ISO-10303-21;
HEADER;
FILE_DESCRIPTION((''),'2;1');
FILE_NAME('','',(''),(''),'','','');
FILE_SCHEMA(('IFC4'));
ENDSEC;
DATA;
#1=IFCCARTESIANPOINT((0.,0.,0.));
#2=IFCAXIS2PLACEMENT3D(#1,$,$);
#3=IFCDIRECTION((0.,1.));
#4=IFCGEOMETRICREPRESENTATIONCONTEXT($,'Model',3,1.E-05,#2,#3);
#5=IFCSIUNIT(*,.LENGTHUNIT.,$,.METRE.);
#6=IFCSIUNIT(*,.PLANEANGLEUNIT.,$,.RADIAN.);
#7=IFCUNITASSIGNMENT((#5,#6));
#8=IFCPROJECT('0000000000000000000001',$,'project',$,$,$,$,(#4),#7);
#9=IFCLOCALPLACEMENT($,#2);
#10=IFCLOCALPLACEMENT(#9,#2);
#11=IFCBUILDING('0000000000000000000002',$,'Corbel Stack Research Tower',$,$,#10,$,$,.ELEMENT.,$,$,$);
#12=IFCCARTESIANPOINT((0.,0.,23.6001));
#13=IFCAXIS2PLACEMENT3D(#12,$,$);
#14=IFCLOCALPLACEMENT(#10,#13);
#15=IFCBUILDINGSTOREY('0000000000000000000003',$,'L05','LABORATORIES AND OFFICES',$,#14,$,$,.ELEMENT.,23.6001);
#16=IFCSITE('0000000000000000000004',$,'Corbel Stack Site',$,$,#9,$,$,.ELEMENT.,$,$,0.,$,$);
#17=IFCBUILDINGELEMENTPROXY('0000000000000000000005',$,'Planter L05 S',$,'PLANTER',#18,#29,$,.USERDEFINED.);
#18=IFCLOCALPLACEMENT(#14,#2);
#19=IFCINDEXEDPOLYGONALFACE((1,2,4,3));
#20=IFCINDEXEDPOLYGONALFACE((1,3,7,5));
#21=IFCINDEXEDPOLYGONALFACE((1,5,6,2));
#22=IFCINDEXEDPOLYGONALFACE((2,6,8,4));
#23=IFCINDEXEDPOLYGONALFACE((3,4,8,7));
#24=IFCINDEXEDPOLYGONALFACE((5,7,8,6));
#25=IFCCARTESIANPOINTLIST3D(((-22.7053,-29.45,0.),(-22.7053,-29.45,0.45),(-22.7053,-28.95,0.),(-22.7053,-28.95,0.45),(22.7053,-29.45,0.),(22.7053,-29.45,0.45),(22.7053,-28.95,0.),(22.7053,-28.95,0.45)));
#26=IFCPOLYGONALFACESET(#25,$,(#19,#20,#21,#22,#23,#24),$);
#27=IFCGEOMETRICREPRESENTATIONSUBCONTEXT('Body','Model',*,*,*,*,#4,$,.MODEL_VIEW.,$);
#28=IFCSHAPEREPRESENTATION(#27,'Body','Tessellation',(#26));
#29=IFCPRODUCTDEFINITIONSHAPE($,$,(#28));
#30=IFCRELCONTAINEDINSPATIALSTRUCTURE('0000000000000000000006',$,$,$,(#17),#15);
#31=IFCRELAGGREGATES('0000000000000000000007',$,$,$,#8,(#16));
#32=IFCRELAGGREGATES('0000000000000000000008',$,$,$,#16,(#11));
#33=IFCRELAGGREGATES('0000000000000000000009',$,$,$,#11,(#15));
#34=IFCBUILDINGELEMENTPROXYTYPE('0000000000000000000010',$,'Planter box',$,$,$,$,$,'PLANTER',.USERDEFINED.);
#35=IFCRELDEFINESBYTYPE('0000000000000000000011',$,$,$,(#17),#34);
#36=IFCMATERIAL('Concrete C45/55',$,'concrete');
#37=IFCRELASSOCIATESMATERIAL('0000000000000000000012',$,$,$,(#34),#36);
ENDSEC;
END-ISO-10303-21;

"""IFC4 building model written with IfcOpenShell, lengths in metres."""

from ifc_helpers import new_model, si_unit, direction, frame, origin, origin_2d, place, context, subcontext, project, spatial, rectangle, extrude, material, type_object, element, save


model = new_model("IFC4")

# Units and contexts
model_context = context("Model", 3, precision=1e-05, world=origin(), true_north=direction((0.0, 1.0)))
body_context = subcontext(model_context, "Body", "Model", "MODEL_VIEW")
ifc_project = project(units=[si_unit("LENGTHUNIT", "METRE"), si_unit("PLANEANGLEUNIT", "RADIAN")], contexts=[model_context])

# Site, building, storey
site_placement = place(None, origin())
site = spatial("IfcSite", under=ifc_project, at=site_placement, Name="Corbel Stack Site", CompositionType="ELEMENT", RefElevation=0.0)
building_placement = place(site_placement, origin())
building = spatial("IfcBuilding", under=site, at=building_placement, Name="Corbel Stack Research Tower", CompositionType="ELEMENT")
storey_placement = place(building_placement, frame((0.0, 0.0, 23.6001)))
storey = spatial("IfcBuildingStorey", under=building, at=storey_placement, Name="L05", Description="LABORATORIES AND OFFICES", CompositionType="ELEMENT", Elevation=23.6001)

# Building element proxy
ifc_material_1 = material(Name="Concrete C45/55", Category="concrete")
building_element_proxy_type = type_object("IfcBuildingElementProxyType", Name="Planter box", ElementType="PLANTER", PredefinedType="USERDEFINED", material=ifc_material_1)
proxy_placement = place(storey_placement, frame((0.0, -29.2, 0.0), z_axis=(0.0, 0.0, 1.0), x_axis=(1.0, 0.0, 0.0)))
element("IfcBuildingElementProxy", 1, at=proxy_placement, inside=storey, type_object=building_element_proxy_type, Name="Planter L05 S", ObjectType="PLANTER", PredefinedType="USERDEFINED", context=body_context, shape_type="SweptSolid", body=[
    extrude(rectangle(XDim=45.4106, YDim=0.5, at=origin_2d()), origin(), (0.0, 0.0, 1.0), 0.45),
])

save(model, "model.ifc")
